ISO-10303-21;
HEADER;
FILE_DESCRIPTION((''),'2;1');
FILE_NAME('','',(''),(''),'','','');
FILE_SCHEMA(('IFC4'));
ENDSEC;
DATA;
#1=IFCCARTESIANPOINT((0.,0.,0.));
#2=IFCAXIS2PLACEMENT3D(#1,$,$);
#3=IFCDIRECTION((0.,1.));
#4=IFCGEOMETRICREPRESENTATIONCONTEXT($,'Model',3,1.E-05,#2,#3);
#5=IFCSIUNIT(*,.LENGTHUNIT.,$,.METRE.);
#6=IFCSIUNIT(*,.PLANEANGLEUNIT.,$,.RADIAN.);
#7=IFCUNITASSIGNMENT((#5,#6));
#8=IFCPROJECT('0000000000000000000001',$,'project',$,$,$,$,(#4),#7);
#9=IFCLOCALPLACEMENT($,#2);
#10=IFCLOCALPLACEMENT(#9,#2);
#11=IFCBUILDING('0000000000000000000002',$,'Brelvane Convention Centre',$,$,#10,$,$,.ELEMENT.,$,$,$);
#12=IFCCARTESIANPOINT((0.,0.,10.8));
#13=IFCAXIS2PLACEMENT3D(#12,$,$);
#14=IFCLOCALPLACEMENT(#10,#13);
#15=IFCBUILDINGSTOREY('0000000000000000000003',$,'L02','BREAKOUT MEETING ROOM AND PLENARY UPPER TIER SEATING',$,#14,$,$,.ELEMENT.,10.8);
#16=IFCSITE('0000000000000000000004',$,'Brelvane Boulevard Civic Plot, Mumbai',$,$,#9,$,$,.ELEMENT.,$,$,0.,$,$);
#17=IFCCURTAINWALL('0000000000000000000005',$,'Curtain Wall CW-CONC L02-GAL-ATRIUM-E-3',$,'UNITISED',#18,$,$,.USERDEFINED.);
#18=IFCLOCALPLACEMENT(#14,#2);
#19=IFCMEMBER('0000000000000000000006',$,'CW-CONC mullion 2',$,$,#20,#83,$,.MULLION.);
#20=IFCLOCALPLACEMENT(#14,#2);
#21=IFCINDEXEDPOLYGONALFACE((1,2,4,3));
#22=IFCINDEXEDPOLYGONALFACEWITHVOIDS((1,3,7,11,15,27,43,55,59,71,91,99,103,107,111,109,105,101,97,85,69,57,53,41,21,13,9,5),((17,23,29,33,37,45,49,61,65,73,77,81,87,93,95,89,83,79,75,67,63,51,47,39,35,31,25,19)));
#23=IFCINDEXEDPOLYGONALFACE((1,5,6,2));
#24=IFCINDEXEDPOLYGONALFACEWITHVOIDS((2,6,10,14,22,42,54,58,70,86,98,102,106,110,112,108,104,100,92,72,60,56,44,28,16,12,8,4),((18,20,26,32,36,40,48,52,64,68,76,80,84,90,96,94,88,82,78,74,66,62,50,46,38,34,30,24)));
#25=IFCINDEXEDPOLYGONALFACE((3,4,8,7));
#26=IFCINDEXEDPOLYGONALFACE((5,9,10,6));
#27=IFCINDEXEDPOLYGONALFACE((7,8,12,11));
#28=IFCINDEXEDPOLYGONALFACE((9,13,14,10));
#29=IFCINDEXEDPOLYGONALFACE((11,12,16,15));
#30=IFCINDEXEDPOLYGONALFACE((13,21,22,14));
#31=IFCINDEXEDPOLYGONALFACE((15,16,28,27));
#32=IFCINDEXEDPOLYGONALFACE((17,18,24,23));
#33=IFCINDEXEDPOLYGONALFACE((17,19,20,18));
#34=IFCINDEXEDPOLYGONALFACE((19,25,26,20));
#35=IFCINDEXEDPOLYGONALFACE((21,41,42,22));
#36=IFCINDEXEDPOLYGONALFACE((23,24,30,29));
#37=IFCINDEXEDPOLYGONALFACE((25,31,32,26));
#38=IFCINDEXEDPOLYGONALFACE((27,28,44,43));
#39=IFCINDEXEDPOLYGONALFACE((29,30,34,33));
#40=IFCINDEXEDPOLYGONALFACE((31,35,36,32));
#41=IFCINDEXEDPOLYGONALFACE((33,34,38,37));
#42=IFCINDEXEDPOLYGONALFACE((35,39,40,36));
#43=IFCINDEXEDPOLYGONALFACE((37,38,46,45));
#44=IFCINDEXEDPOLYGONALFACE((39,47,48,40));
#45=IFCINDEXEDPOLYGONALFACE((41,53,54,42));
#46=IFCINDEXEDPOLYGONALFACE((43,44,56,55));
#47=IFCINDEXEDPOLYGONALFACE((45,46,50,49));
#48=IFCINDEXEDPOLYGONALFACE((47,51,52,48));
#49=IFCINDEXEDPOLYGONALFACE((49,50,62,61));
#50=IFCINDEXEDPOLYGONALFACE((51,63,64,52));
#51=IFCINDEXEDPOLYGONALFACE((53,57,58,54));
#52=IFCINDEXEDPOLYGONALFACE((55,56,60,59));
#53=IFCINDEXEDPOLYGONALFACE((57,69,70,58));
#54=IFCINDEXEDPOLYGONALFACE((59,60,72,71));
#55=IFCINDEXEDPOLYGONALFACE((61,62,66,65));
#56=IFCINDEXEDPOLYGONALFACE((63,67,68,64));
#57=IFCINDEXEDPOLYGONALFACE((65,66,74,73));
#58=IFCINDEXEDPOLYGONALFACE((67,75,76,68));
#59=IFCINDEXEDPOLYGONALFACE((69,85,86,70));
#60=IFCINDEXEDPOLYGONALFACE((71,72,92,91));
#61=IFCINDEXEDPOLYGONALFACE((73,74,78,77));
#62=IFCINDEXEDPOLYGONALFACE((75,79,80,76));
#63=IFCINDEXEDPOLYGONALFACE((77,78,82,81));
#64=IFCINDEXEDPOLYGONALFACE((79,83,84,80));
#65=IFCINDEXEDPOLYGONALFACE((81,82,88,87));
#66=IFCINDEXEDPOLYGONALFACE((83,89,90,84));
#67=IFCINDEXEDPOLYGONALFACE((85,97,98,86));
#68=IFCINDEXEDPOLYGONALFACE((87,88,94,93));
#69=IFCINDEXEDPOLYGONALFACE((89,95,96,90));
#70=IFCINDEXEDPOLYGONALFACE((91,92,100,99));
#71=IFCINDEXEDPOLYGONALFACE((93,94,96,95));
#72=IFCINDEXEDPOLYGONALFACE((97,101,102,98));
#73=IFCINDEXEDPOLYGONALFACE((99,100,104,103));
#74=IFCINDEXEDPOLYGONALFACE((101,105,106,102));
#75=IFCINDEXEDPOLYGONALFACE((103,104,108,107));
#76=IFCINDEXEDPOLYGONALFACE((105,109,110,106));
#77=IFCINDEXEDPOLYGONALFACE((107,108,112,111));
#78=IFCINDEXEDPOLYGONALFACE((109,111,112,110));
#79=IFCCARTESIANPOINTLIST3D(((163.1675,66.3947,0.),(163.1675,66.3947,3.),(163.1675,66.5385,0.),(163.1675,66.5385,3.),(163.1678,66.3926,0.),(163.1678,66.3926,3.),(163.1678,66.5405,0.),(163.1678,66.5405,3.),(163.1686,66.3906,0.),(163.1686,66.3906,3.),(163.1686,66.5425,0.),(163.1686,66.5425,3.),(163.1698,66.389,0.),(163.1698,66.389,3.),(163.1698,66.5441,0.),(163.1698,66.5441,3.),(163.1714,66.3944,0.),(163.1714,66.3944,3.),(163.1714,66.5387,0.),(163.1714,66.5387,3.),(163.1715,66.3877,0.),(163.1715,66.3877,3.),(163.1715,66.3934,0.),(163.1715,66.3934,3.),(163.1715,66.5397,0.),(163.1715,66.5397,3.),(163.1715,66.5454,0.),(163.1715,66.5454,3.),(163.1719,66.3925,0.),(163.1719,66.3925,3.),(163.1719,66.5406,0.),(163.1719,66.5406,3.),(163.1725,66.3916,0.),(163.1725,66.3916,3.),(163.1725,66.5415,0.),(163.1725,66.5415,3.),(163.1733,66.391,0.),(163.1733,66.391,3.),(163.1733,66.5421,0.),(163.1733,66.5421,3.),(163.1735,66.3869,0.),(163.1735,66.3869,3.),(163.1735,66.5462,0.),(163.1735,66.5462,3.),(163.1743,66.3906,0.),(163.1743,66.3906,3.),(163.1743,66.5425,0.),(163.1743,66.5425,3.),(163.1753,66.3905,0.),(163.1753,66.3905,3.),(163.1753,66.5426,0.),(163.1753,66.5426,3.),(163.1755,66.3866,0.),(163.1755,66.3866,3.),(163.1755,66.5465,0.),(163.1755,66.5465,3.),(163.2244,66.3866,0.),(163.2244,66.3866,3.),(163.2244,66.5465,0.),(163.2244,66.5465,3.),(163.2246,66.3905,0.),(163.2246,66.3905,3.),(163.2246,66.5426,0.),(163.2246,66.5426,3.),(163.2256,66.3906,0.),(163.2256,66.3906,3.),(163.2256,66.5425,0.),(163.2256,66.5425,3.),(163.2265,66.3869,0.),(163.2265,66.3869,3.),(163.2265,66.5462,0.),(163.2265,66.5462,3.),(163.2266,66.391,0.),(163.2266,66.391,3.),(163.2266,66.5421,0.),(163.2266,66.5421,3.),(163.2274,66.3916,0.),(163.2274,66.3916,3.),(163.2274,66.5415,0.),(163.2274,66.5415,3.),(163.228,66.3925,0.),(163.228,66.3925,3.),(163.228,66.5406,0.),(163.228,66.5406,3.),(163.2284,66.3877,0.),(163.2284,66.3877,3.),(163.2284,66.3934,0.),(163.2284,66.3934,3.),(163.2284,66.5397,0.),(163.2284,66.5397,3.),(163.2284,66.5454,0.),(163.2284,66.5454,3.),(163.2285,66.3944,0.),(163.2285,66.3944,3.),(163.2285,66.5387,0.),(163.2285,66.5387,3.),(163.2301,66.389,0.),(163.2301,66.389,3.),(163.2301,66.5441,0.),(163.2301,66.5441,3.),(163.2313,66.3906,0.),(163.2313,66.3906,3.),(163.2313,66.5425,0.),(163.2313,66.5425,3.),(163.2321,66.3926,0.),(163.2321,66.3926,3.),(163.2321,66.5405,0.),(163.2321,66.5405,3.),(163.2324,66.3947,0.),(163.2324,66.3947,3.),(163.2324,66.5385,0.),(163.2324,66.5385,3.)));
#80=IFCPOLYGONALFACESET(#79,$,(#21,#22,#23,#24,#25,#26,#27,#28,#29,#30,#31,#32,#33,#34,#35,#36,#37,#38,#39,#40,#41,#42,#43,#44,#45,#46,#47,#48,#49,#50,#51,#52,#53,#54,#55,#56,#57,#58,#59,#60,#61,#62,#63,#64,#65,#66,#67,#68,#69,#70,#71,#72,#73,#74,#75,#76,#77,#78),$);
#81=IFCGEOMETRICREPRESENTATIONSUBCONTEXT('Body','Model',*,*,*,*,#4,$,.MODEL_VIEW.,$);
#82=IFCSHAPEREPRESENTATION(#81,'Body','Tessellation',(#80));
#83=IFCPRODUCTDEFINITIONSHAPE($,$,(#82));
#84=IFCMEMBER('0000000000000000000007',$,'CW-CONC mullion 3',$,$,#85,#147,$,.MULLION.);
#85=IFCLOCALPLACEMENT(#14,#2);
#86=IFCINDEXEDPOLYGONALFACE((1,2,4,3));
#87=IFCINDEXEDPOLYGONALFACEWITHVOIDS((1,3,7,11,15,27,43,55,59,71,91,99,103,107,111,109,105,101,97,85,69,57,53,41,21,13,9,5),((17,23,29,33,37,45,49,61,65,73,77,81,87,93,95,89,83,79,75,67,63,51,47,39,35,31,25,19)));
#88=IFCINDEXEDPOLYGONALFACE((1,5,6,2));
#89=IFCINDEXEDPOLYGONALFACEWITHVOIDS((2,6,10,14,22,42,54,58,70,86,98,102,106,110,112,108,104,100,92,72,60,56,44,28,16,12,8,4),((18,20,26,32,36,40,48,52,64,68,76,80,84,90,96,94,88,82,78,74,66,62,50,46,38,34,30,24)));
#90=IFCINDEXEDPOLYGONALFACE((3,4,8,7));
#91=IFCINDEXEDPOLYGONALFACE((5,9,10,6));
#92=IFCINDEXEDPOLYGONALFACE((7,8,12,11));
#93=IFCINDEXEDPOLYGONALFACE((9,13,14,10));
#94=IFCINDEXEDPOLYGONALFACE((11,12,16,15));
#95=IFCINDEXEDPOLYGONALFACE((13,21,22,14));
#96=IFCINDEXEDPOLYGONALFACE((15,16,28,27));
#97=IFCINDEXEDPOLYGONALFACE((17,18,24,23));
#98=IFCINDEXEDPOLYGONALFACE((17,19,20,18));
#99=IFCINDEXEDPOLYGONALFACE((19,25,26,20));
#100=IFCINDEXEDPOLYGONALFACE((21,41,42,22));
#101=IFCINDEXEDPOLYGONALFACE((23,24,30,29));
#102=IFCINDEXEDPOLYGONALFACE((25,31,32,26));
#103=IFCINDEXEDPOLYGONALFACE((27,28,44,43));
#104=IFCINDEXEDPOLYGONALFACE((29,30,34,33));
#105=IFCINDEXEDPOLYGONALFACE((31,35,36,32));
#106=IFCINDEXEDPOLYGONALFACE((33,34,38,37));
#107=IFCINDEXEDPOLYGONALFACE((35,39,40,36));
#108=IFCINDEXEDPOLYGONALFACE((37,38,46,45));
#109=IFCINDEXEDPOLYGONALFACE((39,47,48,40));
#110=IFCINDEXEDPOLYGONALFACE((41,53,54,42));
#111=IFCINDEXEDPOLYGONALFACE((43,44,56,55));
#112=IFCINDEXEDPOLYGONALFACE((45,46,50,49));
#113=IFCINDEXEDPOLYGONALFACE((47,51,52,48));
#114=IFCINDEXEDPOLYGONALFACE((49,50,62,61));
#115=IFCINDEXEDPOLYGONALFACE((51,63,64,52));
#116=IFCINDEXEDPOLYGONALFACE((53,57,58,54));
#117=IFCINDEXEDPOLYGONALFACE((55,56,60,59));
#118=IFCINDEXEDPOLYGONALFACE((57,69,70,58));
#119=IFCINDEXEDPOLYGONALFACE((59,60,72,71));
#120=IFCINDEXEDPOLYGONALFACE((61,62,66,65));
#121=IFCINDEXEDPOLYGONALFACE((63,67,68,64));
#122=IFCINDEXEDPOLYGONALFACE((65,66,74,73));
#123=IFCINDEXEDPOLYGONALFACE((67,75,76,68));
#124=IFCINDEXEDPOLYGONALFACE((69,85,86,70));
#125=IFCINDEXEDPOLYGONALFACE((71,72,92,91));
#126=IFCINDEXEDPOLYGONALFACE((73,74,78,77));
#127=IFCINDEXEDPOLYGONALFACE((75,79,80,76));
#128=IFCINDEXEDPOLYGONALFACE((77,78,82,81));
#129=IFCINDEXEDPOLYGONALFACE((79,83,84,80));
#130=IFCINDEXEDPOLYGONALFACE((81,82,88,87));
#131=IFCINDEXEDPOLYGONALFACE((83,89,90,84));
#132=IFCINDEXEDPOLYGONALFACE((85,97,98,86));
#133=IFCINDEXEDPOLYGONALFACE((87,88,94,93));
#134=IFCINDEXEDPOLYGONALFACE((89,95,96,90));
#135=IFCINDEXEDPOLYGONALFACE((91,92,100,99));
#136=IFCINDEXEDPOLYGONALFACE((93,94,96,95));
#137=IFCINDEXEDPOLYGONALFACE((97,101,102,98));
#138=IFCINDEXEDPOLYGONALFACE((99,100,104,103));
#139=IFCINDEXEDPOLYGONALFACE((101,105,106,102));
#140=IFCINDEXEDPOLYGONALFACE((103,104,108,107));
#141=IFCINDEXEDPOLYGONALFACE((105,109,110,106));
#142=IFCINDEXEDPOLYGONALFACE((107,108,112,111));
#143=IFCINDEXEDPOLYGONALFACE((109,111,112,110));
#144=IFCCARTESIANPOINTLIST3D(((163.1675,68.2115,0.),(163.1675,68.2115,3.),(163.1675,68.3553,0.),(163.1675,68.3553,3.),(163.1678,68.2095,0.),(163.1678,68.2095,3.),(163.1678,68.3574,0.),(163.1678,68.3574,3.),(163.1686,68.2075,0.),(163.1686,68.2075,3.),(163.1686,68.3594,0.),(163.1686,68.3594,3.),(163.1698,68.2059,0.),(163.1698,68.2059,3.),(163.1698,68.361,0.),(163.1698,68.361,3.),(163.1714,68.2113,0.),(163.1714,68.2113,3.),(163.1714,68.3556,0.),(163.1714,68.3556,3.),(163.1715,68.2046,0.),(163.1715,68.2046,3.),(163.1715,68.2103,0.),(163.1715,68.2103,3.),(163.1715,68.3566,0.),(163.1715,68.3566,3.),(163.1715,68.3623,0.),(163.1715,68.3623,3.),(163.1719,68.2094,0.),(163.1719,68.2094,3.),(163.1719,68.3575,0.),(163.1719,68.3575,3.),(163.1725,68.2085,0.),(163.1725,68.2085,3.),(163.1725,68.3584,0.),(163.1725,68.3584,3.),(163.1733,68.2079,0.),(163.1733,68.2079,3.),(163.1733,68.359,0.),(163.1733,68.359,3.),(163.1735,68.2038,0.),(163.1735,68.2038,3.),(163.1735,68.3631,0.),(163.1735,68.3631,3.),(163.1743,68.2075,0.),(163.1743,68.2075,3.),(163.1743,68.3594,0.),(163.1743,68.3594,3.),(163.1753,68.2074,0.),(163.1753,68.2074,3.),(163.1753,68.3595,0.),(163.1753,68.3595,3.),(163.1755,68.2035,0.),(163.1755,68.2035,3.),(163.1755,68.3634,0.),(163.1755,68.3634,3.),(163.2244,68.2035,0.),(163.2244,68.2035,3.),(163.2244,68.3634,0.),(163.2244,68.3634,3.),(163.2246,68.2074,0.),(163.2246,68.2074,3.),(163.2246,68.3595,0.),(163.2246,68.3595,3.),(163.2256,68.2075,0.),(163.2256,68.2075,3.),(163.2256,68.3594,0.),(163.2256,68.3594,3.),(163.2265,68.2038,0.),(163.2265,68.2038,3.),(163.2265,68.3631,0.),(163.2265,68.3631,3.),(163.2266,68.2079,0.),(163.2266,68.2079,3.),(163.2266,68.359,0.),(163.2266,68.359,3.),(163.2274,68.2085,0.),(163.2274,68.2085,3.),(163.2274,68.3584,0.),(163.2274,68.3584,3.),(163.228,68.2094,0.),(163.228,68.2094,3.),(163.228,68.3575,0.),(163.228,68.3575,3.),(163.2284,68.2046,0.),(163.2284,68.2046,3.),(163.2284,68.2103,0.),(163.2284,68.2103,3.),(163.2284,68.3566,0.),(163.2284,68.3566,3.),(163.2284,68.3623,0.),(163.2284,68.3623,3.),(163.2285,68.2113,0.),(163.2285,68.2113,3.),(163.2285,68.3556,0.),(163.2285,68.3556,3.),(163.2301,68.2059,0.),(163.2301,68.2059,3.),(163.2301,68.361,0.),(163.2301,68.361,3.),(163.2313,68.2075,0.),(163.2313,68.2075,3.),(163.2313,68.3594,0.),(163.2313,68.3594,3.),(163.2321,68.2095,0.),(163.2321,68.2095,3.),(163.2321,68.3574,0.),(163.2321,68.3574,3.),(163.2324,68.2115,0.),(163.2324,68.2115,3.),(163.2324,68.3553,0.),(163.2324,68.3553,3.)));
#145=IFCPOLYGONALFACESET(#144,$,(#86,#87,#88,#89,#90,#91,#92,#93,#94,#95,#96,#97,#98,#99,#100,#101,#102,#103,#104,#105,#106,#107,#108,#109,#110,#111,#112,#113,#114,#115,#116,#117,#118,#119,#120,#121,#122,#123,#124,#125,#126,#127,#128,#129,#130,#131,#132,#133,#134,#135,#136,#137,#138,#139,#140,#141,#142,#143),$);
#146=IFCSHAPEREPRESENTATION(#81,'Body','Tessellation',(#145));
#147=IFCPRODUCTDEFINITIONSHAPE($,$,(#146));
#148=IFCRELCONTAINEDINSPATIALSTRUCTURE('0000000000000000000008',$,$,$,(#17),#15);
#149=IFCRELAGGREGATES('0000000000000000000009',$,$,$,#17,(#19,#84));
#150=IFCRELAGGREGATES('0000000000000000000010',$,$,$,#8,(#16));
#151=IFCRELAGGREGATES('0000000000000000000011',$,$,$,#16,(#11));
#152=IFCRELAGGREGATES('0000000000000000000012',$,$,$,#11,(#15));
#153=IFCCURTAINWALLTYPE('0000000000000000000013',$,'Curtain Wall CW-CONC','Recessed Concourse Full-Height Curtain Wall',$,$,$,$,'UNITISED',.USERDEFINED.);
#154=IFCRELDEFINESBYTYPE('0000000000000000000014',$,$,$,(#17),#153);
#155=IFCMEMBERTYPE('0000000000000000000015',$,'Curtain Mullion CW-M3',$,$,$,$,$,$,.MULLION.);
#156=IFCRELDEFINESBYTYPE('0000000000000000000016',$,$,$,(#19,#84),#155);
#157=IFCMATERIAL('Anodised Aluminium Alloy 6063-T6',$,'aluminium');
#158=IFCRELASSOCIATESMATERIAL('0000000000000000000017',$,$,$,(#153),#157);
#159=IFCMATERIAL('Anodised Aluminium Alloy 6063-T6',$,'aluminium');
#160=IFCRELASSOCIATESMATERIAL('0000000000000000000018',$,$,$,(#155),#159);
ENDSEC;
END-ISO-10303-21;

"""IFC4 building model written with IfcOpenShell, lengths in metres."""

from ifc_helpers import new_model, si_unit, direction, frame, origin, origin_2d, place, context, subcontext, project, spatial, hollow_rectangle, extrude, material, material_profile, profile_set, type_object, element, aggregate, save


model = new_model("IFC4")

# Units and contexts
model_context = context("Model", 3, precision=1e-05, world=origin(), true_north=direction((0.0, 1.0)))
body_context = subcontext(model_context, "Body", "Model", "MODEL_VIEW")
ifc_project = project(units=[si_unit("LENGTHUNIT", "METRE"), si_unit("PLANEANGLEUNIT", "RADIAN")], contexts=[model_context])

# Site, building, storey
site_placement = place(None, origin())
site = spatial("IfcSite", under=ifc_project, at=site_placement, Name="Brelvane Boulevard Civic Plot, Mumbai", CompositionType="ELEMENT", RefElevation=0.0)
building_placement = place(site_placement, origin())
building = spatial("IfcBuilding", under=site, at=building_placement, Name="Brelvane Convention Centre", CompositionType="ELEMENT")
storey_placement = place(building_placement, frame((0.0, 0.0, 10.8)))
storey = spatial("IfcBuildingStorey", under=building, at=storey_placement, Name="L02", Description="BREAKOUT MEETING ROOM AND PLENARY UPPER TIER SEATING", CompositionType="ELEMENT", Elevation=10.8)

# Curtain wall, members
ifc_material_1 = material(Name="Anodised Aluminium Alloy 6063-T6", Category="aluminium")
curtain_wall_type = type_object("IfcCurtainWallType", Name="Curtain Wall CW-CONC", Description="Recessed Concourse Full-Height Curtain Wall", ElementType="UNITISED", PredefinedType="USERDEFINED", material=ifc_material_1)
curtain_wall_placement = place(storey_placement, origin())
curtain_wall = element("IfcCurtainWall", 1, at=curtain_wall_placement, inside=storey, type_object=curtain_wall_type, Name="Curtain Wall CW-CONC L02-GAL-ATRIUM-E-3", ObjectType="UNITISED", PredefinedType="USERDEFINED")
ifc_material_2 = material(Name="Anodised Aluminium Alloy 6063-T6", Category="aluminium")
ifc_material_profile_1 = material_profile(ifc_material_2, hollow_rectangle(XDim=0.0649, YDim=0.1599, WallThickness=0.0039, InnerFilletRadius=0.0039, OuterFilletRadius=0.0081, at=origin_2d()), Name="ALU-M 160x65x4.0")
ifc_profile_set_1 = profile_set([ifc_material_profile_1], Name="Anodised Aluminium Alloy 6063-T6")
member_type_1 = type_object("IfcMemberType", Name="Curtain Mullion CW-M3", PredefinedType="MULLION", material=ifc_profile_set_1)
member_1_placement = place(storey_placement, frame((163.2, 66.4666, 0.0), z_axis=(0.0, 0.0, 1.0), x_axis=(-1.0, 0.0, 0.0)))
member_1 = element("IfcMember", 2, at=member_1_placement, type_object=member_type_1, Name="CW-CONC mullion 2", PredefinedType="MULLION", context=body_context, shape_type="SweptSolid", body=[
    extrude(hollow_rectangle(XDim=0.0649, YDim=0.1599, WallThickness=0.0039, InnerFilletRadius=0.0039, OuterFilletRadius=0.0081, at=origin_2d()), origin(), (0.0, 0.0, 1.0), 3.0),
])
member_2_placement = place(storey_placement, frame((163.2, 68.2834, 0.0), z_axis=(0.0, 0.0, 1.0), x_axis=(-1.0, 0.0, 0.0)))
member_2 = element("IfcMember", 3, at=member_2_placement, type_object=member_type_1, Name="CW-CONC mullion 3", PredefinedType="MULLION", context=body_context, shape_type="SweptSolid", body=[
    extrude(hollow_rectangle(XDim=0.0649, YDim=0.1599, WallThickness=0.0039, InnerFilletRadius=0.0039, OuterFilletRadius=0.0081, at=origin_2d()), origin(), (0.0, 0.0, 1.0), 3.0),
])

aggregate(curtain_wall, [member_1, member_2])

save(model, "model.ifc")
